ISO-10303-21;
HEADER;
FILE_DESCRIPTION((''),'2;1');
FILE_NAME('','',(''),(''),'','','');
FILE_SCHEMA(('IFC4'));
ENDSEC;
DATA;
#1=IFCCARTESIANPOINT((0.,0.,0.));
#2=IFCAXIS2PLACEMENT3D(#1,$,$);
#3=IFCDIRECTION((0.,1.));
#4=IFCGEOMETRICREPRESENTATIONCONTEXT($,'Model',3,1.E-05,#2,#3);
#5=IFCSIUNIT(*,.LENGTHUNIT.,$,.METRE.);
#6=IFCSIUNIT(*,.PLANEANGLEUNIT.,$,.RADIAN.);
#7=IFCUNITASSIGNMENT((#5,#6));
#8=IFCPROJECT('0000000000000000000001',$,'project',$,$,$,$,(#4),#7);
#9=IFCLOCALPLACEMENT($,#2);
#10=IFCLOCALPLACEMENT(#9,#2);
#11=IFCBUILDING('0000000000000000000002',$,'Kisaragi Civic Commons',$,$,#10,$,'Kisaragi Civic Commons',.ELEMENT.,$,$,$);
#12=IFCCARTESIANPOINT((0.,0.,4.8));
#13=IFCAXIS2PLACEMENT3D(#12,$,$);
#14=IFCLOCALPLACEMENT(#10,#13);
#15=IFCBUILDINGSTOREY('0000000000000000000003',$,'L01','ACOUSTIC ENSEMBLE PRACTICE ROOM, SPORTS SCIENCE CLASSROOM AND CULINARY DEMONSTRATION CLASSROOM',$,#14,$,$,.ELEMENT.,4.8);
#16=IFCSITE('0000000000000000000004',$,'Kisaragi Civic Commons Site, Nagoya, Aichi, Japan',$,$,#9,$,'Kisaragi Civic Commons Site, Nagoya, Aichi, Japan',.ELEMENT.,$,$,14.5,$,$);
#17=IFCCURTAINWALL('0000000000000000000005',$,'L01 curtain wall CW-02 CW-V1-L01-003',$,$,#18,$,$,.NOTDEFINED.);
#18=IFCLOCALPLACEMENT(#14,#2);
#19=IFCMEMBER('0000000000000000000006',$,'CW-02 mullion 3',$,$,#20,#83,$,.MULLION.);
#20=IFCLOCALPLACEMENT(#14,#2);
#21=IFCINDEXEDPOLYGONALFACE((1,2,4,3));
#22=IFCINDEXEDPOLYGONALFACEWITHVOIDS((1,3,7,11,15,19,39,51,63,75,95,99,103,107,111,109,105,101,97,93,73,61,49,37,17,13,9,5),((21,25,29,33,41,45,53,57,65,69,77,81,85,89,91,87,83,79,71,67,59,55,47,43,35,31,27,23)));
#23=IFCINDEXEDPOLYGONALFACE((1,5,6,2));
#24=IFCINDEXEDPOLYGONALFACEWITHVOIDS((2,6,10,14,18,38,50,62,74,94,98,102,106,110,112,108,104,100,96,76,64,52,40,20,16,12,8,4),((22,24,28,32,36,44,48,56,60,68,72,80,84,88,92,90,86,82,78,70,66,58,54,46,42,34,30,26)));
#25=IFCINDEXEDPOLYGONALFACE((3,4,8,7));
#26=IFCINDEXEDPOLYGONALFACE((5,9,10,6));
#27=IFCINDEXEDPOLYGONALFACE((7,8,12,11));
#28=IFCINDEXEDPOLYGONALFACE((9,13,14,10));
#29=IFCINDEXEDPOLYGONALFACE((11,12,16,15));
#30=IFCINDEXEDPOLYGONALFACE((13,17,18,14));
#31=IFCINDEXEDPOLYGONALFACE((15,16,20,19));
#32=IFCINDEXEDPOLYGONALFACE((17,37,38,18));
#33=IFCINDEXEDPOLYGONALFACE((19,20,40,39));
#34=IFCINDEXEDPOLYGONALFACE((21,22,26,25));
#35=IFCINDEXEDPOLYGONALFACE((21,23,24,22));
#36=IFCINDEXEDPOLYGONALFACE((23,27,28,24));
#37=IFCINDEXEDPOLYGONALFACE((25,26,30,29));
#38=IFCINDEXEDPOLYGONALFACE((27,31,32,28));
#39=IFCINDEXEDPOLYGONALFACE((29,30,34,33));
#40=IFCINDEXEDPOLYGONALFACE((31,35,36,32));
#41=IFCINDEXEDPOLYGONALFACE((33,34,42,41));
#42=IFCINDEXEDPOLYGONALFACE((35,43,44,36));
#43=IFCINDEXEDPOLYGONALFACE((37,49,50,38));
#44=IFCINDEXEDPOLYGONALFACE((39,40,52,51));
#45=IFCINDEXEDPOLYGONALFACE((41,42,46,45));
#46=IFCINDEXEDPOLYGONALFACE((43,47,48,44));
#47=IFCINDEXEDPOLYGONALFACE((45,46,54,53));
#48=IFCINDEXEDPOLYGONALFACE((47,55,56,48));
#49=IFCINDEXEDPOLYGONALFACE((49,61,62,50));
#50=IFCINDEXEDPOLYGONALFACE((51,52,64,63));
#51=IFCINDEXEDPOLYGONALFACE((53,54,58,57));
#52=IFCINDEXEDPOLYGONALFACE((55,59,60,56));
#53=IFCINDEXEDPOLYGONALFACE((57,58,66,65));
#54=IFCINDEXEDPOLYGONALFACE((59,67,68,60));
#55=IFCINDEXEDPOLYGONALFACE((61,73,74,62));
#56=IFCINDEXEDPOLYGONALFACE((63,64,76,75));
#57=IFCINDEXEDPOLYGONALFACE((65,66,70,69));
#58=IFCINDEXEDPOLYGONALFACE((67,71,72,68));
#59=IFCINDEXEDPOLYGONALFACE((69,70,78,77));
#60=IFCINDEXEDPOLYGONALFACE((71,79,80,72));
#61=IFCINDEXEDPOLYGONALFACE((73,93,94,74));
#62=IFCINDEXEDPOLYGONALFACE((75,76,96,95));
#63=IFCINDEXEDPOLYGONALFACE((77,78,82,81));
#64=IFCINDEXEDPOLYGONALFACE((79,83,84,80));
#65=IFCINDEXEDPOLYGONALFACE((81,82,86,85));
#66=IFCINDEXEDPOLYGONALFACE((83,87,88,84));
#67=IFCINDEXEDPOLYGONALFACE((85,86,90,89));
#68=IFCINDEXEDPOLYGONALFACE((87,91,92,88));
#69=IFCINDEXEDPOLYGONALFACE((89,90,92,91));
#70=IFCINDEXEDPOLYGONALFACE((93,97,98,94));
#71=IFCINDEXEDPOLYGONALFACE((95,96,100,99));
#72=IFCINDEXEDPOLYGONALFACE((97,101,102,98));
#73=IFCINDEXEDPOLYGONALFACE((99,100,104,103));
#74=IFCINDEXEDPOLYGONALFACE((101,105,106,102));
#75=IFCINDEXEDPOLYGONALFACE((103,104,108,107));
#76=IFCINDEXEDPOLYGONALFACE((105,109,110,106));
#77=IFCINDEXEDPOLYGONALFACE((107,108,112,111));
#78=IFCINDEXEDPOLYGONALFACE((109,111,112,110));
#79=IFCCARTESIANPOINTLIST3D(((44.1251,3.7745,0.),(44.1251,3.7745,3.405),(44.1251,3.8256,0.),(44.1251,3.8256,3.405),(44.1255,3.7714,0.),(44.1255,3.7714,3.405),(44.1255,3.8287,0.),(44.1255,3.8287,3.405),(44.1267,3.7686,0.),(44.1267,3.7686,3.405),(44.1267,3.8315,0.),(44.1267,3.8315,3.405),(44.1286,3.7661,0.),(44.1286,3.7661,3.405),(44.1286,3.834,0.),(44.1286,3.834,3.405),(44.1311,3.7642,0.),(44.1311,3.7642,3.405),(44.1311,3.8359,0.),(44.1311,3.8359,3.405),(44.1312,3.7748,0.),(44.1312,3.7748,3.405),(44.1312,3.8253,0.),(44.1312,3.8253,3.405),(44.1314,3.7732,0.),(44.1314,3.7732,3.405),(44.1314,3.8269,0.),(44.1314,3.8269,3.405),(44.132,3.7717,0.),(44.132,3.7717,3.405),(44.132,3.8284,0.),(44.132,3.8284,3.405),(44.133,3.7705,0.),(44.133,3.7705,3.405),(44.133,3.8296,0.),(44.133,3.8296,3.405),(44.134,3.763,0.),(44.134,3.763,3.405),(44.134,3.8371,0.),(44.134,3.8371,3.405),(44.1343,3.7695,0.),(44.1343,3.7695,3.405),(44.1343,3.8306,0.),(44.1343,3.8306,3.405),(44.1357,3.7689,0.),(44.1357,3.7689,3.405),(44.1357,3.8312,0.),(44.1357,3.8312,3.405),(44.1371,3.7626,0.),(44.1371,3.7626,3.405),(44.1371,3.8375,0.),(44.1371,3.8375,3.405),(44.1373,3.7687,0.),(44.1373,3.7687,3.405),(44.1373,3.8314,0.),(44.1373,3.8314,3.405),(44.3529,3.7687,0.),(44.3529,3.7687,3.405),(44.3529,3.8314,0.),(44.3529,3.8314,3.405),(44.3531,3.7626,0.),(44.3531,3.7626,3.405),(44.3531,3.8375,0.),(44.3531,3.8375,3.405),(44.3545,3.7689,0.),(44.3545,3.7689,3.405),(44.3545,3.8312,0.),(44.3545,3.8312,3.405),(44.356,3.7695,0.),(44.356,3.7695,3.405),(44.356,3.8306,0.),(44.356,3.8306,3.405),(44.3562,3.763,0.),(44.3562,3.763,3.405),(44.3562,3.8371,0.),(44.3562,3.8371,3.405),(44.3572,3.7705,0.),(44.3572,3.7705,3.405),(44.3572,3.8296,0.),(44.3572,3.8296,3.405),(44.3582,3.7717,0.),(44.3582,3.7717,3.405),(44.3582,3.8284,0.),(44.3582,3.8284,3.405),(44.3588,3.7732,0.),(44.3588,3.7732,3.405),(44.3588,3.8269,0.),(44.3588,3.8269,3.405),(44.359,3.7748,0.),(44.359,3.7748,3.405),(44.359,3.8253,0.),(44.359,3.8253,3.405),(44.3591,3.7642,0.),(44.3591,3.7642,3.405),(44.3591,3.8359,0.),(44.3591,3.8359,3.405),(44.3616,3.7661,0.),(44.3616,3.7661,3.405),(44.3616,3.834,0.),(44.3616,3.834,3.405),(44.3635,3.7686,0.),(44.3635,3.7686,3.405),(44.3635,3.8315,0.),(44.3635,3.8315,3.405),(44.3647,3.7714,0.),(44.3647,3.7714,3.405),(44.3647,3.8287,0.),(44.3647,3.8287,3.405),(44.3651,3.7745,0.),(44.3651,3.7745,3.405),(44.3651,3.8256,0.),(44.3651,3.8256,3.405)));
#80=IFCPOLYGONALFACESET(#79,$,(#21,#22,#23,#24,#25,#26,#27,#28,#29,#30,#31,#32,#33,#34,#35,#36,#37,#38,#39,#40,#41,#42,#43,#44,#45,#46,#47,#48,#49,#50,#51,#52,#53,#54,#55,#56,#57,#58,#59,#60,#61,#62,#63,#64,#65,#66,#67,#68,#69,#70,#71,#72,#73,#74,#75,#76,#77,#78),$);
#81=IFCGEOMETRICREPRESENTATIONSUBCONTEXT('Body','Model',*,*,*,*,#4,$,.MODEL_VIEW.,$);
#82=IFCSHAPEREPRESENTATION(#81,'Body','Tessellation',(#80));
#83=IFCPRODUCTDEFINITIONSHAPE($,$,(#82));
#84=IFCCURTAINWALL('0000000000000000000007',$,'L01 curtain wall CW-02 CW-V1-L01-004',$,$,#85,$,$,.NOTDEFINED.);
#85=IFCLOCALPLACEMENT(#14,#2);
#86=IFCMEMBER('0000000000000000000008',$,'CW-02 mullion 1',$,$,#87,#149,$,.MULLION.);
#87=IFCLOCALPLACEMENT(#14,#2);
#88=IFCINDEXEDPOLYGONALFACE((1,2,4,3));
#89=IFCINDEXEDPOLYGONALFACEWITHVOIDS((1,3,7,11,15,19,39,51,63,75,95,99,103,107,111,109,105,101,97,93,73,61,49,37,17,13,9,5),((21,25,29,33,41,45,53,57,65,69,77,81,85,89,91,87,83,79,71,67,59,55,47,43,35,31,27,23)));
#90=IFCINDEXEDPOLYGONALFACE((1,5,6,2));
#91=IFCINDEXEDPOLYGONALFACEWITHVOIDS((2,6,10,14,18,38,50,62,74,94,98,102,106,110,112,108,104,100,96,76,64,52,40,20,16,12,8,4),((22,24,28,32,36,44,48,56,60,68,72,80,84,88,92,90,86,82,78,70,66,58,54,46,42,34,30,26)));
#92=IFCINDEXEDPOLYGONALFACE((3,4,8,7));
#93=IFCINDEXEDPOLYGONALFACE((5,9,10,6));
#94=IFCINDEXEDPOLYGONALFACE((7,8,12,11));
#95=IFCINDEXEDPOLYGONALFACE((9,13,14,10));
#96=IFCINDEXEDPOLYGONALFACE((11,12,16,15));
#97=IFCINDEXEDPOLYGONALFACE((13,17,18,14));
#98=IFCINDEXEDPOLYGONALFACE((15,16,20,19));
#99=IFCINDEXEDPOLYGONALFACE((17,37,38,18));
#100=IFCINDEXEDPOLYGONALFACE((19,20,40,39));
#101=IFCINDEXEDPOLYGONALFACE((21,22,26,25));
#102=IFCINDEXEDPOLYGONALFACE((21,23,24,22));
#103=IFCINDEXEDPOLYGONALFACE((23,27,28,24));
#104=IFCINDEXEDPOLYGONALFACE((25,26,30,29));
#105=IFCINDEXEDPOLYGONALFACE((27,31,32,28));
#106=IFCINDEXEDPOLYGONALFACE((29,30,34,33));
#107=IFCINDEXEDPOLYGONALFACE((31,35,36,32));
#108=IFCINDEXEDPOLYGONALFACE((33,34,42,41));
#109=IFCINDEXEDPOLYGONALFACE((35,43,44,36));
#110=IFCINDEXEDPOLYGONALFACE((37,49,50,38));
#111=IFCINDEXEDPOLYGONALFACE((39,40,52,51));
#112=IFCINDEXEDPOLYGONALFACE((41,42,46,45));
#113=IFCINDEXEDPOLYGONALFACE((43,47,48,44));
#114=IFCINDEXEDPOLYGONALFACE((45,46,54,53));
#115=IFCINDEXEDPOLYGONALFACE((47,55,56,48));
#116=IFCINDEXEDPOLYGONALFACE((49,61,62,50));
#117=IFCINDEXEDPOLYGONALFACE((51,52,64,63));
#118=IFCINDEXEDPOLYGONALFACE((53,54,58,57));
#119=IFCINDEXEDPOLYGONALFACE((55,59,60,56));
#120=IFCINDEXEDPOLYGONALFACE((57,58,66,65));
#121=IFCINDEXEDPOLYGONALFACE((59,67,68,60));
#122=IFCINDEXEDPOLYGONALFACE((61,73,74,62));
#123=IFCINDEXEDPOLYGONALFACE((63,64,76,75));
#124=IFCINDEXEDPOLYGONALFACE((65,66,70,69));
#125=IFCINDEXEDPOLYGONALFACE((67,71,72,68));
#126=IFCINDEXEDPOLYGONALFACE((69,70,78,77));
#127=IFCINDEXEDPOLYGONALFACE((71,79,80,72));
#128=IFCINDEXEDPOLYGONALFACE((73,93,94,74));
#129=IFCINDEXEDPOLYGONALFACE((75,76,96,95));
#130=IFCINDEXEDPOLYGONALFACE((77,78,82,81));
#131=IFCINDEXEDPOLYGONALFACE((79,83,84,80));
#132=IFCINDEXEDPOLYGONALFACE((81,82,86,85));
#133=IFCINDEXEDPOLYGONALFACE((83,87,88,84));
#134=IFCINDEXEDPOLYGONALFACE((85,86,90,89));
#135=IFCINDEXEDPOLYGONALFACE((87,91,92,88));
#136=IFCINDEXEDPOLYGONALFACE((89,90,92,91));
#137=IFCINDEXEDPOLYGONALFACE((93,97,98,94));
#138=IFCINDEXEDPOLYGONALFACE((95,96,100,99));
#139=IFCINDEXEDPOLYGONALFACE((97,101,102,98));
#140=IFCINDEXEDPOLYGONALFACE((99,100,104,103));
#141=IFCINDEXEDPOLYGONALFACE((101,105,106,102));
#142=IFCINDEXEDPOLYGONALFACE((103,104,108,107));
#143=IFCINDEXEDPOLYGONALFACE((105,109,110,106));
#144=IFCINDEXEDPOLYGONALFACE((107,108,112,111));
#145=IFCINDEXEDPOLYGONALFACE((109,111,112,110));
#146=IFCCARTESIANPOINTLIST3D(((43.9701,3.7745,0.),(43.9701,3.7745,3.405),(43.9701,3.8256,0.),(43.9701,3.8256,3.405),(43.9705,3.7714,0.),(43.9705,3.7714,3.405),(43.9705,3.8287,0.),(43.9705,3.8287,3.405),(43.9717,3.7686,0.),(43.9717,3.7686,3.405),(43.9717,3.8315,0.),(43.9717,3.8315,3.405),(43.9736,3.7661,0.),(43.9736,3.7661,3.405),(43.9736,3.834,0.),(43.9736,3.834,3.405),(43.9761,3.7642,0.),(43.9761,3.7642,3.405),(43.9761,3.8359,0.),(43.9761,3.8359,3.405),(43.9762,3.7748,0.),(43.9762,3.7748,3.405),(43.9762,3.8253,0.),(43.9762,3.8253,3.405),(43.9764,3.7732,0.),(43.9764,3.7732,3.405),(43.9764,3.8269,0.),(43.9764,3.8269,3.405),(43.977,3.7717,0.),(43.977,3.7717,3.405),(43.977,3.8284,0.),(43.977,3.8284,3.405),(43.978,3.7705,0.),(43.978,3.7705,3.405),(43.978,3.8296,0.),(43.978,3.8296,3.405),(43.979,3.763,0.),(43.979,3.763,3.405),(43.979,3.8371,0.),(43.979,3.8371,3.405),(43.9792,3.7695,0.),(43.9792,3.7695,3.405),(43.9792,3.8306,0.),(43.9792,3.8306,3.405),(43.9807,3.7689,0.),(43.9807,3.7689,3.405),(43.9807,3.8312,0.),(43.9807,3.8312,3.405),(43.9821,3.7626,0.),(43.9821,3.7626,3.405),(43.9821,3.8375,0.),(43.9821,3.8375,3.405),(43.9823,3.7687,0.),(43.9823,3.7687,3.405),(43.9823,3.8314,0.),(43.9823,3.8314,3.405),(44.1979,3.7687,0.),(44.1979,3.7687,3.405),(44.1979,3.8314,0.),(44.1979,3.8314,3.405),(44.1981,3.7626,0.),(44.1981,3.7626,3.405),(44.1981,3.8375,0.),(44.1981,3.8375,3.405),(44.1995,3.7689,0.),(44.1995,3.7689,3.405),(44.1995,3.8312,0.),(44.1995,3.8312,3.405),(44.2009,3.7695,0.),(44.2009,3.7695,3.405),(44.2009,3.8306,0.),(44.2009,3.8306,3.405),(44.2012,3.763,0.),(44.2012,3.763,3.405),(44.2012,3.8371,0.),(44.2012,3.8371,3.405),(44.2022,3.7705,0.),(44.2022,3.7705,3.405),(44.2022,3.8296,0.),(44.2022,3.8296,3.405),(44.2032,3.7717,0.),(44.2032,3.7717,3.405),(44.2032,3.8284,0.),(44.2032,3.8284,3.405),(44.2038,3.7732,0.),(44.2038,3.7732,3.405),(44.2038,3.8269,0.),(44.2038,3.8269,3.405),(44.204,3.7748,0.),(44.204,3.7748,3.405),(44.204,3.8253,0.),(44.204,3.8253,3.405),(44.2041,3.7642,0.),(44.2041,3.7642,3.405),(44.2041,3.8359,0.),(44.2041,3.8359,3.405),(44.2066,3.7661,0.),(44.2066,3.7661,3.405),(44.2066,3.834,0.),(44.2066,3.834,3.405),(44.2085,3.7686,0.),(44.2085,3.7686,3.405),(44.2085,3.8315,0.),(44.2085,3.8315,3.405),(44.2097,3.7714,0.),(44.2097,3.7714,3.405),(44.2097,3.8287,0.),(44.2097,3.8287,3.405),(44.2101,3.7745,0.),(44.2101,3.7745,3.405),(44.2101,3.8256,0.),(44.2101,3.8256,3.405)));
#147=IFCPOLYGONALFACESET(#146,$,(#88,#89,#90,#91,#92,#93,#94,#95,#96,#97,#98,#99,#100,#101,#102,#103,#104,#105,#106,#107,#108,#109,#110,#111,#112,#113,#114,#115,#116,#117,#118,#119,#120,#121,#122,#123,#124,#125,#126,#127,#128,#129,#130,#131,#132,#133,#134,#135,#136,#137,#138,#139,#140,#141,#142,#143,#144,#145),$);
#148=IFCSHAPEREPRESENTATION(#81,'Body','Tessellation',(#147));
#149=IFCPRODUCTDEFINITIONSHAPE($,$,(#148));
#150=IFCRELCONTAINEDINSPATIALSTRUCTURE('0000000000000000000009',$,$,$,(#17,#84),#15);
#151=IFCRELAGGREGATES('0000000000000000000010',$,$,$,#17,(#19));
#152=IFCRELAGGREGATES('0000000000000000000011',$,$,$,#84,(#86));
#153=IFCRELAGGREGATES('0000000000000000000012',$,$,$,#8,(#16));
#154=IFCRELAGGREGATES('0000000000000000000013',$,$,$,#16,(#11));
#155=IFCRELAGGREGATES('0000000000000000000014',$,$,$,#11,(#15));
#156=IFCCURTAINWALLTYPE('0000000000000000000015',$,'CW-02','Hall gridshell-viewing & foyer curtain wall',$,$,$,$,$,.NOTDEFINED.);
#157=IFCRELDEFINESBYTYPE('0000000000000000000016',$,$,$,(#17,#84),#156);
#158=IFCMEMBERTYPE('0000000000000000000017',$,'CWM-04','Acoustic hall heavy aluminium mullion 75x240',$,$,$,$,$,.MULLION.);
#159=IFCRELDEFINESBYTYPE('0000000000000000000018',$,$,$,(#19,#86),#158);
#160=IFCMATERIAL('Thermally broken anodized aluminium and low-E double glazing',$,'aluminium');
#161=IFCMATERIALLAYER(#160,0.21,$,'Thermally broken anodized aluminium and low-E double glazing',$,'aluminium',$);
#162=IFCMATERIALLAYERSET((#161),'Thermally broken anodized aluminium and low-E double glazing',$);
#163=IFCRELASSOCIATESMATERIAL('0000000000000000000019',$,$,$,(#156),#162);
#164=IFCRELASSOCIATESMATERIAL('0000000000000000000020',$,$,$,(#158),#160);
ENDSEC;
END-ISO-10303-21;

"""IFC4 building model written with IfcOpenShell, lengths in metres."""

from ifc_helpers import new_model, si_unit, direction, frame, origin, origin_2d, place, context, subcontext, project, spatial, hollow_rectangle, extrude, material, layer, layer_set, material_profile, profile_set, type_object, element, aggregate, save


model = new_model("IFC4")

# Units and contexts
model_context = context("Model", 3, precision=1e-05, world=origin(), true_north=direction((0.0, 1.0)))
body_context = subcontext(model_context, "Body", "Model", "MODEL_VIEW")
ifc_project = project(units=[si_unit("LENGTHUNIT", "METRE"), si_unit("PLANEANGLEUNIT", "RADIAN")], contexts=[model_context])

# Site, building, storey
site_placement = place(None, origin())
site = spatial("IfcSite", under=ifc_project, at=site_placement, Name="Kisaragi Civic Commons Site, Nagoya, Aichi, Japan", LongName="Kisaragi Civic Commons Site, Nagoya, Aichi, Japan", CompositionType="ELEMENT", RefElevation=14.5)
building_placement = place(site_placement, origin())
building = spatial("IfcBuilding", under=site, at=building_placement, Name="Kisaragi Civic Commons", LongName="Kisaragi Civic Commons", CompositionType="ELEMENT")
storey_placement = place(building_placement, frame((0.0, 0.0, 4.8)))
storey = spatial("IfcBuildingStorey", under=building, at=storey_placement, Name="L01", Description="ACOUSTIC ENSEMBLE PRACTICE ROOM, SPORTS SCIENCE CLASSROOM AND CULINARY DEMONSTRATION CLASSROOM", CompositionType="ELEMENT", Elevation=4.8)

# Curtain wall, member
ifc_material_1 = material(Name="Thermally broken anodized aluminium and low-E double glazing", Category="aluminium")
ifc_layer_1 = layer(ifc_material_1, 0.21, Name="Thermally broken anodized aluminium and low-E double glazing", Category="aluminium")
ifc_layer_set_1 = layer_set([ifc_layer_1], Name="Thermally broken anodized aluminium and low-E double glazing")
curtain_wall_type = type_object("IfcCurtainWallType", Name="CW-02", Description="Hall gridshell-viewing & foyer curtain wall", PredefinedType="NOTDEFINED", material=ifc_layer_set_1)
curtain_wall_1_placement = place(storey_placement, origin())
curtain_wall_1 = element("IfcCurtainWall", 1, at=curtain_wall_1_placement, inside=storey, type_object=curtain_wall_type, Name="L01 curtain wall CW-02 CW-V1-L01-003", PredefinedType="NOTDEFINED")
ifc_material_profile_1 = material_profile(ifc_material_1, hollow_rectangle(XDim=0.075, YDim=0.24, WallThickness=0.0061, InnerFilletRadius=0.0061, OuterFilletRadius=0.012, at=origin_2d()), Name="CWM-75x240x6", Category="aluminium")
ifc_profile_set_1 = profile_set([ifc_material_profile_1], Name="Thermally broken anodized aluminium and low-E double glazing")
member_type_1 = type_object("IfcMemberType", Name="CWM-04", Description="Acoustic hall heavy aluminium mullion 75x240", PredefinedType="MULLION", material=ifc_profile_set_1)
member_1_placement = place(storey_placement, frame((44.2451, 3.8, 0.0), z_axis=(0.0, 0.0, 1.0), x_axis=(0.0, -1.0, 0.0)))
member_1 = element("IfcMember", 2, at=member_1_placement, type_object=member_type_1, Name="CW-02 mullion 3", PredefinedType="MULLION", context=body_context, shape_type="SweptSolid", body=[
    extrude(hollow_rectangle(XDim=0.075, YDim=0.24, WallThickness=0.0061, InnerFilletRadius=0.0061, OuterFilletRadius=0.012, at=origin_2d()), origin(), (0.0, 0.0, 1.0), 3.405),
])

# Curtain wall, member
curtain_wall_2_placement = place(storey_placement, origin())
curtain_wall_2 = element("IfcCurtainWall", 3, at=curtain_wall_2_placement, inside=storey, type_object=curtain_wall_type, Name="L01 curtain wall CW-02 CW-V1-L01-004", PredefinedType="NOTDEFINED")
member_2_placement = place(storey_placement, frame((44.0901, 3.8, 0.0), z_axis=(0.0, 0.0, 1.0), x_axis=(0.0, -1.0, 0.0)))
member_2 = element("IfcMember", 4, at=member_2_placement, type_object=member_type_1, Name="CW-02 mullion 1", PredefinedType="MULLION", context=body_context, shape_type="SweptSolid", body=[
    extrude(hollow_rectangle(XDim=0.075, YDim=0.24, WallThickness=0.0061, InnerFilletRadius=0.0061, OuterFilletRadius=0.012, at=origin_2d()), origin(), (0.0, 0.0, 1.0), 3.405),
])

aggregate(curtain_wall_1, [member_1])
aggregate(curtain_wall_2, [member_2])

save(model, "model.ifc")
